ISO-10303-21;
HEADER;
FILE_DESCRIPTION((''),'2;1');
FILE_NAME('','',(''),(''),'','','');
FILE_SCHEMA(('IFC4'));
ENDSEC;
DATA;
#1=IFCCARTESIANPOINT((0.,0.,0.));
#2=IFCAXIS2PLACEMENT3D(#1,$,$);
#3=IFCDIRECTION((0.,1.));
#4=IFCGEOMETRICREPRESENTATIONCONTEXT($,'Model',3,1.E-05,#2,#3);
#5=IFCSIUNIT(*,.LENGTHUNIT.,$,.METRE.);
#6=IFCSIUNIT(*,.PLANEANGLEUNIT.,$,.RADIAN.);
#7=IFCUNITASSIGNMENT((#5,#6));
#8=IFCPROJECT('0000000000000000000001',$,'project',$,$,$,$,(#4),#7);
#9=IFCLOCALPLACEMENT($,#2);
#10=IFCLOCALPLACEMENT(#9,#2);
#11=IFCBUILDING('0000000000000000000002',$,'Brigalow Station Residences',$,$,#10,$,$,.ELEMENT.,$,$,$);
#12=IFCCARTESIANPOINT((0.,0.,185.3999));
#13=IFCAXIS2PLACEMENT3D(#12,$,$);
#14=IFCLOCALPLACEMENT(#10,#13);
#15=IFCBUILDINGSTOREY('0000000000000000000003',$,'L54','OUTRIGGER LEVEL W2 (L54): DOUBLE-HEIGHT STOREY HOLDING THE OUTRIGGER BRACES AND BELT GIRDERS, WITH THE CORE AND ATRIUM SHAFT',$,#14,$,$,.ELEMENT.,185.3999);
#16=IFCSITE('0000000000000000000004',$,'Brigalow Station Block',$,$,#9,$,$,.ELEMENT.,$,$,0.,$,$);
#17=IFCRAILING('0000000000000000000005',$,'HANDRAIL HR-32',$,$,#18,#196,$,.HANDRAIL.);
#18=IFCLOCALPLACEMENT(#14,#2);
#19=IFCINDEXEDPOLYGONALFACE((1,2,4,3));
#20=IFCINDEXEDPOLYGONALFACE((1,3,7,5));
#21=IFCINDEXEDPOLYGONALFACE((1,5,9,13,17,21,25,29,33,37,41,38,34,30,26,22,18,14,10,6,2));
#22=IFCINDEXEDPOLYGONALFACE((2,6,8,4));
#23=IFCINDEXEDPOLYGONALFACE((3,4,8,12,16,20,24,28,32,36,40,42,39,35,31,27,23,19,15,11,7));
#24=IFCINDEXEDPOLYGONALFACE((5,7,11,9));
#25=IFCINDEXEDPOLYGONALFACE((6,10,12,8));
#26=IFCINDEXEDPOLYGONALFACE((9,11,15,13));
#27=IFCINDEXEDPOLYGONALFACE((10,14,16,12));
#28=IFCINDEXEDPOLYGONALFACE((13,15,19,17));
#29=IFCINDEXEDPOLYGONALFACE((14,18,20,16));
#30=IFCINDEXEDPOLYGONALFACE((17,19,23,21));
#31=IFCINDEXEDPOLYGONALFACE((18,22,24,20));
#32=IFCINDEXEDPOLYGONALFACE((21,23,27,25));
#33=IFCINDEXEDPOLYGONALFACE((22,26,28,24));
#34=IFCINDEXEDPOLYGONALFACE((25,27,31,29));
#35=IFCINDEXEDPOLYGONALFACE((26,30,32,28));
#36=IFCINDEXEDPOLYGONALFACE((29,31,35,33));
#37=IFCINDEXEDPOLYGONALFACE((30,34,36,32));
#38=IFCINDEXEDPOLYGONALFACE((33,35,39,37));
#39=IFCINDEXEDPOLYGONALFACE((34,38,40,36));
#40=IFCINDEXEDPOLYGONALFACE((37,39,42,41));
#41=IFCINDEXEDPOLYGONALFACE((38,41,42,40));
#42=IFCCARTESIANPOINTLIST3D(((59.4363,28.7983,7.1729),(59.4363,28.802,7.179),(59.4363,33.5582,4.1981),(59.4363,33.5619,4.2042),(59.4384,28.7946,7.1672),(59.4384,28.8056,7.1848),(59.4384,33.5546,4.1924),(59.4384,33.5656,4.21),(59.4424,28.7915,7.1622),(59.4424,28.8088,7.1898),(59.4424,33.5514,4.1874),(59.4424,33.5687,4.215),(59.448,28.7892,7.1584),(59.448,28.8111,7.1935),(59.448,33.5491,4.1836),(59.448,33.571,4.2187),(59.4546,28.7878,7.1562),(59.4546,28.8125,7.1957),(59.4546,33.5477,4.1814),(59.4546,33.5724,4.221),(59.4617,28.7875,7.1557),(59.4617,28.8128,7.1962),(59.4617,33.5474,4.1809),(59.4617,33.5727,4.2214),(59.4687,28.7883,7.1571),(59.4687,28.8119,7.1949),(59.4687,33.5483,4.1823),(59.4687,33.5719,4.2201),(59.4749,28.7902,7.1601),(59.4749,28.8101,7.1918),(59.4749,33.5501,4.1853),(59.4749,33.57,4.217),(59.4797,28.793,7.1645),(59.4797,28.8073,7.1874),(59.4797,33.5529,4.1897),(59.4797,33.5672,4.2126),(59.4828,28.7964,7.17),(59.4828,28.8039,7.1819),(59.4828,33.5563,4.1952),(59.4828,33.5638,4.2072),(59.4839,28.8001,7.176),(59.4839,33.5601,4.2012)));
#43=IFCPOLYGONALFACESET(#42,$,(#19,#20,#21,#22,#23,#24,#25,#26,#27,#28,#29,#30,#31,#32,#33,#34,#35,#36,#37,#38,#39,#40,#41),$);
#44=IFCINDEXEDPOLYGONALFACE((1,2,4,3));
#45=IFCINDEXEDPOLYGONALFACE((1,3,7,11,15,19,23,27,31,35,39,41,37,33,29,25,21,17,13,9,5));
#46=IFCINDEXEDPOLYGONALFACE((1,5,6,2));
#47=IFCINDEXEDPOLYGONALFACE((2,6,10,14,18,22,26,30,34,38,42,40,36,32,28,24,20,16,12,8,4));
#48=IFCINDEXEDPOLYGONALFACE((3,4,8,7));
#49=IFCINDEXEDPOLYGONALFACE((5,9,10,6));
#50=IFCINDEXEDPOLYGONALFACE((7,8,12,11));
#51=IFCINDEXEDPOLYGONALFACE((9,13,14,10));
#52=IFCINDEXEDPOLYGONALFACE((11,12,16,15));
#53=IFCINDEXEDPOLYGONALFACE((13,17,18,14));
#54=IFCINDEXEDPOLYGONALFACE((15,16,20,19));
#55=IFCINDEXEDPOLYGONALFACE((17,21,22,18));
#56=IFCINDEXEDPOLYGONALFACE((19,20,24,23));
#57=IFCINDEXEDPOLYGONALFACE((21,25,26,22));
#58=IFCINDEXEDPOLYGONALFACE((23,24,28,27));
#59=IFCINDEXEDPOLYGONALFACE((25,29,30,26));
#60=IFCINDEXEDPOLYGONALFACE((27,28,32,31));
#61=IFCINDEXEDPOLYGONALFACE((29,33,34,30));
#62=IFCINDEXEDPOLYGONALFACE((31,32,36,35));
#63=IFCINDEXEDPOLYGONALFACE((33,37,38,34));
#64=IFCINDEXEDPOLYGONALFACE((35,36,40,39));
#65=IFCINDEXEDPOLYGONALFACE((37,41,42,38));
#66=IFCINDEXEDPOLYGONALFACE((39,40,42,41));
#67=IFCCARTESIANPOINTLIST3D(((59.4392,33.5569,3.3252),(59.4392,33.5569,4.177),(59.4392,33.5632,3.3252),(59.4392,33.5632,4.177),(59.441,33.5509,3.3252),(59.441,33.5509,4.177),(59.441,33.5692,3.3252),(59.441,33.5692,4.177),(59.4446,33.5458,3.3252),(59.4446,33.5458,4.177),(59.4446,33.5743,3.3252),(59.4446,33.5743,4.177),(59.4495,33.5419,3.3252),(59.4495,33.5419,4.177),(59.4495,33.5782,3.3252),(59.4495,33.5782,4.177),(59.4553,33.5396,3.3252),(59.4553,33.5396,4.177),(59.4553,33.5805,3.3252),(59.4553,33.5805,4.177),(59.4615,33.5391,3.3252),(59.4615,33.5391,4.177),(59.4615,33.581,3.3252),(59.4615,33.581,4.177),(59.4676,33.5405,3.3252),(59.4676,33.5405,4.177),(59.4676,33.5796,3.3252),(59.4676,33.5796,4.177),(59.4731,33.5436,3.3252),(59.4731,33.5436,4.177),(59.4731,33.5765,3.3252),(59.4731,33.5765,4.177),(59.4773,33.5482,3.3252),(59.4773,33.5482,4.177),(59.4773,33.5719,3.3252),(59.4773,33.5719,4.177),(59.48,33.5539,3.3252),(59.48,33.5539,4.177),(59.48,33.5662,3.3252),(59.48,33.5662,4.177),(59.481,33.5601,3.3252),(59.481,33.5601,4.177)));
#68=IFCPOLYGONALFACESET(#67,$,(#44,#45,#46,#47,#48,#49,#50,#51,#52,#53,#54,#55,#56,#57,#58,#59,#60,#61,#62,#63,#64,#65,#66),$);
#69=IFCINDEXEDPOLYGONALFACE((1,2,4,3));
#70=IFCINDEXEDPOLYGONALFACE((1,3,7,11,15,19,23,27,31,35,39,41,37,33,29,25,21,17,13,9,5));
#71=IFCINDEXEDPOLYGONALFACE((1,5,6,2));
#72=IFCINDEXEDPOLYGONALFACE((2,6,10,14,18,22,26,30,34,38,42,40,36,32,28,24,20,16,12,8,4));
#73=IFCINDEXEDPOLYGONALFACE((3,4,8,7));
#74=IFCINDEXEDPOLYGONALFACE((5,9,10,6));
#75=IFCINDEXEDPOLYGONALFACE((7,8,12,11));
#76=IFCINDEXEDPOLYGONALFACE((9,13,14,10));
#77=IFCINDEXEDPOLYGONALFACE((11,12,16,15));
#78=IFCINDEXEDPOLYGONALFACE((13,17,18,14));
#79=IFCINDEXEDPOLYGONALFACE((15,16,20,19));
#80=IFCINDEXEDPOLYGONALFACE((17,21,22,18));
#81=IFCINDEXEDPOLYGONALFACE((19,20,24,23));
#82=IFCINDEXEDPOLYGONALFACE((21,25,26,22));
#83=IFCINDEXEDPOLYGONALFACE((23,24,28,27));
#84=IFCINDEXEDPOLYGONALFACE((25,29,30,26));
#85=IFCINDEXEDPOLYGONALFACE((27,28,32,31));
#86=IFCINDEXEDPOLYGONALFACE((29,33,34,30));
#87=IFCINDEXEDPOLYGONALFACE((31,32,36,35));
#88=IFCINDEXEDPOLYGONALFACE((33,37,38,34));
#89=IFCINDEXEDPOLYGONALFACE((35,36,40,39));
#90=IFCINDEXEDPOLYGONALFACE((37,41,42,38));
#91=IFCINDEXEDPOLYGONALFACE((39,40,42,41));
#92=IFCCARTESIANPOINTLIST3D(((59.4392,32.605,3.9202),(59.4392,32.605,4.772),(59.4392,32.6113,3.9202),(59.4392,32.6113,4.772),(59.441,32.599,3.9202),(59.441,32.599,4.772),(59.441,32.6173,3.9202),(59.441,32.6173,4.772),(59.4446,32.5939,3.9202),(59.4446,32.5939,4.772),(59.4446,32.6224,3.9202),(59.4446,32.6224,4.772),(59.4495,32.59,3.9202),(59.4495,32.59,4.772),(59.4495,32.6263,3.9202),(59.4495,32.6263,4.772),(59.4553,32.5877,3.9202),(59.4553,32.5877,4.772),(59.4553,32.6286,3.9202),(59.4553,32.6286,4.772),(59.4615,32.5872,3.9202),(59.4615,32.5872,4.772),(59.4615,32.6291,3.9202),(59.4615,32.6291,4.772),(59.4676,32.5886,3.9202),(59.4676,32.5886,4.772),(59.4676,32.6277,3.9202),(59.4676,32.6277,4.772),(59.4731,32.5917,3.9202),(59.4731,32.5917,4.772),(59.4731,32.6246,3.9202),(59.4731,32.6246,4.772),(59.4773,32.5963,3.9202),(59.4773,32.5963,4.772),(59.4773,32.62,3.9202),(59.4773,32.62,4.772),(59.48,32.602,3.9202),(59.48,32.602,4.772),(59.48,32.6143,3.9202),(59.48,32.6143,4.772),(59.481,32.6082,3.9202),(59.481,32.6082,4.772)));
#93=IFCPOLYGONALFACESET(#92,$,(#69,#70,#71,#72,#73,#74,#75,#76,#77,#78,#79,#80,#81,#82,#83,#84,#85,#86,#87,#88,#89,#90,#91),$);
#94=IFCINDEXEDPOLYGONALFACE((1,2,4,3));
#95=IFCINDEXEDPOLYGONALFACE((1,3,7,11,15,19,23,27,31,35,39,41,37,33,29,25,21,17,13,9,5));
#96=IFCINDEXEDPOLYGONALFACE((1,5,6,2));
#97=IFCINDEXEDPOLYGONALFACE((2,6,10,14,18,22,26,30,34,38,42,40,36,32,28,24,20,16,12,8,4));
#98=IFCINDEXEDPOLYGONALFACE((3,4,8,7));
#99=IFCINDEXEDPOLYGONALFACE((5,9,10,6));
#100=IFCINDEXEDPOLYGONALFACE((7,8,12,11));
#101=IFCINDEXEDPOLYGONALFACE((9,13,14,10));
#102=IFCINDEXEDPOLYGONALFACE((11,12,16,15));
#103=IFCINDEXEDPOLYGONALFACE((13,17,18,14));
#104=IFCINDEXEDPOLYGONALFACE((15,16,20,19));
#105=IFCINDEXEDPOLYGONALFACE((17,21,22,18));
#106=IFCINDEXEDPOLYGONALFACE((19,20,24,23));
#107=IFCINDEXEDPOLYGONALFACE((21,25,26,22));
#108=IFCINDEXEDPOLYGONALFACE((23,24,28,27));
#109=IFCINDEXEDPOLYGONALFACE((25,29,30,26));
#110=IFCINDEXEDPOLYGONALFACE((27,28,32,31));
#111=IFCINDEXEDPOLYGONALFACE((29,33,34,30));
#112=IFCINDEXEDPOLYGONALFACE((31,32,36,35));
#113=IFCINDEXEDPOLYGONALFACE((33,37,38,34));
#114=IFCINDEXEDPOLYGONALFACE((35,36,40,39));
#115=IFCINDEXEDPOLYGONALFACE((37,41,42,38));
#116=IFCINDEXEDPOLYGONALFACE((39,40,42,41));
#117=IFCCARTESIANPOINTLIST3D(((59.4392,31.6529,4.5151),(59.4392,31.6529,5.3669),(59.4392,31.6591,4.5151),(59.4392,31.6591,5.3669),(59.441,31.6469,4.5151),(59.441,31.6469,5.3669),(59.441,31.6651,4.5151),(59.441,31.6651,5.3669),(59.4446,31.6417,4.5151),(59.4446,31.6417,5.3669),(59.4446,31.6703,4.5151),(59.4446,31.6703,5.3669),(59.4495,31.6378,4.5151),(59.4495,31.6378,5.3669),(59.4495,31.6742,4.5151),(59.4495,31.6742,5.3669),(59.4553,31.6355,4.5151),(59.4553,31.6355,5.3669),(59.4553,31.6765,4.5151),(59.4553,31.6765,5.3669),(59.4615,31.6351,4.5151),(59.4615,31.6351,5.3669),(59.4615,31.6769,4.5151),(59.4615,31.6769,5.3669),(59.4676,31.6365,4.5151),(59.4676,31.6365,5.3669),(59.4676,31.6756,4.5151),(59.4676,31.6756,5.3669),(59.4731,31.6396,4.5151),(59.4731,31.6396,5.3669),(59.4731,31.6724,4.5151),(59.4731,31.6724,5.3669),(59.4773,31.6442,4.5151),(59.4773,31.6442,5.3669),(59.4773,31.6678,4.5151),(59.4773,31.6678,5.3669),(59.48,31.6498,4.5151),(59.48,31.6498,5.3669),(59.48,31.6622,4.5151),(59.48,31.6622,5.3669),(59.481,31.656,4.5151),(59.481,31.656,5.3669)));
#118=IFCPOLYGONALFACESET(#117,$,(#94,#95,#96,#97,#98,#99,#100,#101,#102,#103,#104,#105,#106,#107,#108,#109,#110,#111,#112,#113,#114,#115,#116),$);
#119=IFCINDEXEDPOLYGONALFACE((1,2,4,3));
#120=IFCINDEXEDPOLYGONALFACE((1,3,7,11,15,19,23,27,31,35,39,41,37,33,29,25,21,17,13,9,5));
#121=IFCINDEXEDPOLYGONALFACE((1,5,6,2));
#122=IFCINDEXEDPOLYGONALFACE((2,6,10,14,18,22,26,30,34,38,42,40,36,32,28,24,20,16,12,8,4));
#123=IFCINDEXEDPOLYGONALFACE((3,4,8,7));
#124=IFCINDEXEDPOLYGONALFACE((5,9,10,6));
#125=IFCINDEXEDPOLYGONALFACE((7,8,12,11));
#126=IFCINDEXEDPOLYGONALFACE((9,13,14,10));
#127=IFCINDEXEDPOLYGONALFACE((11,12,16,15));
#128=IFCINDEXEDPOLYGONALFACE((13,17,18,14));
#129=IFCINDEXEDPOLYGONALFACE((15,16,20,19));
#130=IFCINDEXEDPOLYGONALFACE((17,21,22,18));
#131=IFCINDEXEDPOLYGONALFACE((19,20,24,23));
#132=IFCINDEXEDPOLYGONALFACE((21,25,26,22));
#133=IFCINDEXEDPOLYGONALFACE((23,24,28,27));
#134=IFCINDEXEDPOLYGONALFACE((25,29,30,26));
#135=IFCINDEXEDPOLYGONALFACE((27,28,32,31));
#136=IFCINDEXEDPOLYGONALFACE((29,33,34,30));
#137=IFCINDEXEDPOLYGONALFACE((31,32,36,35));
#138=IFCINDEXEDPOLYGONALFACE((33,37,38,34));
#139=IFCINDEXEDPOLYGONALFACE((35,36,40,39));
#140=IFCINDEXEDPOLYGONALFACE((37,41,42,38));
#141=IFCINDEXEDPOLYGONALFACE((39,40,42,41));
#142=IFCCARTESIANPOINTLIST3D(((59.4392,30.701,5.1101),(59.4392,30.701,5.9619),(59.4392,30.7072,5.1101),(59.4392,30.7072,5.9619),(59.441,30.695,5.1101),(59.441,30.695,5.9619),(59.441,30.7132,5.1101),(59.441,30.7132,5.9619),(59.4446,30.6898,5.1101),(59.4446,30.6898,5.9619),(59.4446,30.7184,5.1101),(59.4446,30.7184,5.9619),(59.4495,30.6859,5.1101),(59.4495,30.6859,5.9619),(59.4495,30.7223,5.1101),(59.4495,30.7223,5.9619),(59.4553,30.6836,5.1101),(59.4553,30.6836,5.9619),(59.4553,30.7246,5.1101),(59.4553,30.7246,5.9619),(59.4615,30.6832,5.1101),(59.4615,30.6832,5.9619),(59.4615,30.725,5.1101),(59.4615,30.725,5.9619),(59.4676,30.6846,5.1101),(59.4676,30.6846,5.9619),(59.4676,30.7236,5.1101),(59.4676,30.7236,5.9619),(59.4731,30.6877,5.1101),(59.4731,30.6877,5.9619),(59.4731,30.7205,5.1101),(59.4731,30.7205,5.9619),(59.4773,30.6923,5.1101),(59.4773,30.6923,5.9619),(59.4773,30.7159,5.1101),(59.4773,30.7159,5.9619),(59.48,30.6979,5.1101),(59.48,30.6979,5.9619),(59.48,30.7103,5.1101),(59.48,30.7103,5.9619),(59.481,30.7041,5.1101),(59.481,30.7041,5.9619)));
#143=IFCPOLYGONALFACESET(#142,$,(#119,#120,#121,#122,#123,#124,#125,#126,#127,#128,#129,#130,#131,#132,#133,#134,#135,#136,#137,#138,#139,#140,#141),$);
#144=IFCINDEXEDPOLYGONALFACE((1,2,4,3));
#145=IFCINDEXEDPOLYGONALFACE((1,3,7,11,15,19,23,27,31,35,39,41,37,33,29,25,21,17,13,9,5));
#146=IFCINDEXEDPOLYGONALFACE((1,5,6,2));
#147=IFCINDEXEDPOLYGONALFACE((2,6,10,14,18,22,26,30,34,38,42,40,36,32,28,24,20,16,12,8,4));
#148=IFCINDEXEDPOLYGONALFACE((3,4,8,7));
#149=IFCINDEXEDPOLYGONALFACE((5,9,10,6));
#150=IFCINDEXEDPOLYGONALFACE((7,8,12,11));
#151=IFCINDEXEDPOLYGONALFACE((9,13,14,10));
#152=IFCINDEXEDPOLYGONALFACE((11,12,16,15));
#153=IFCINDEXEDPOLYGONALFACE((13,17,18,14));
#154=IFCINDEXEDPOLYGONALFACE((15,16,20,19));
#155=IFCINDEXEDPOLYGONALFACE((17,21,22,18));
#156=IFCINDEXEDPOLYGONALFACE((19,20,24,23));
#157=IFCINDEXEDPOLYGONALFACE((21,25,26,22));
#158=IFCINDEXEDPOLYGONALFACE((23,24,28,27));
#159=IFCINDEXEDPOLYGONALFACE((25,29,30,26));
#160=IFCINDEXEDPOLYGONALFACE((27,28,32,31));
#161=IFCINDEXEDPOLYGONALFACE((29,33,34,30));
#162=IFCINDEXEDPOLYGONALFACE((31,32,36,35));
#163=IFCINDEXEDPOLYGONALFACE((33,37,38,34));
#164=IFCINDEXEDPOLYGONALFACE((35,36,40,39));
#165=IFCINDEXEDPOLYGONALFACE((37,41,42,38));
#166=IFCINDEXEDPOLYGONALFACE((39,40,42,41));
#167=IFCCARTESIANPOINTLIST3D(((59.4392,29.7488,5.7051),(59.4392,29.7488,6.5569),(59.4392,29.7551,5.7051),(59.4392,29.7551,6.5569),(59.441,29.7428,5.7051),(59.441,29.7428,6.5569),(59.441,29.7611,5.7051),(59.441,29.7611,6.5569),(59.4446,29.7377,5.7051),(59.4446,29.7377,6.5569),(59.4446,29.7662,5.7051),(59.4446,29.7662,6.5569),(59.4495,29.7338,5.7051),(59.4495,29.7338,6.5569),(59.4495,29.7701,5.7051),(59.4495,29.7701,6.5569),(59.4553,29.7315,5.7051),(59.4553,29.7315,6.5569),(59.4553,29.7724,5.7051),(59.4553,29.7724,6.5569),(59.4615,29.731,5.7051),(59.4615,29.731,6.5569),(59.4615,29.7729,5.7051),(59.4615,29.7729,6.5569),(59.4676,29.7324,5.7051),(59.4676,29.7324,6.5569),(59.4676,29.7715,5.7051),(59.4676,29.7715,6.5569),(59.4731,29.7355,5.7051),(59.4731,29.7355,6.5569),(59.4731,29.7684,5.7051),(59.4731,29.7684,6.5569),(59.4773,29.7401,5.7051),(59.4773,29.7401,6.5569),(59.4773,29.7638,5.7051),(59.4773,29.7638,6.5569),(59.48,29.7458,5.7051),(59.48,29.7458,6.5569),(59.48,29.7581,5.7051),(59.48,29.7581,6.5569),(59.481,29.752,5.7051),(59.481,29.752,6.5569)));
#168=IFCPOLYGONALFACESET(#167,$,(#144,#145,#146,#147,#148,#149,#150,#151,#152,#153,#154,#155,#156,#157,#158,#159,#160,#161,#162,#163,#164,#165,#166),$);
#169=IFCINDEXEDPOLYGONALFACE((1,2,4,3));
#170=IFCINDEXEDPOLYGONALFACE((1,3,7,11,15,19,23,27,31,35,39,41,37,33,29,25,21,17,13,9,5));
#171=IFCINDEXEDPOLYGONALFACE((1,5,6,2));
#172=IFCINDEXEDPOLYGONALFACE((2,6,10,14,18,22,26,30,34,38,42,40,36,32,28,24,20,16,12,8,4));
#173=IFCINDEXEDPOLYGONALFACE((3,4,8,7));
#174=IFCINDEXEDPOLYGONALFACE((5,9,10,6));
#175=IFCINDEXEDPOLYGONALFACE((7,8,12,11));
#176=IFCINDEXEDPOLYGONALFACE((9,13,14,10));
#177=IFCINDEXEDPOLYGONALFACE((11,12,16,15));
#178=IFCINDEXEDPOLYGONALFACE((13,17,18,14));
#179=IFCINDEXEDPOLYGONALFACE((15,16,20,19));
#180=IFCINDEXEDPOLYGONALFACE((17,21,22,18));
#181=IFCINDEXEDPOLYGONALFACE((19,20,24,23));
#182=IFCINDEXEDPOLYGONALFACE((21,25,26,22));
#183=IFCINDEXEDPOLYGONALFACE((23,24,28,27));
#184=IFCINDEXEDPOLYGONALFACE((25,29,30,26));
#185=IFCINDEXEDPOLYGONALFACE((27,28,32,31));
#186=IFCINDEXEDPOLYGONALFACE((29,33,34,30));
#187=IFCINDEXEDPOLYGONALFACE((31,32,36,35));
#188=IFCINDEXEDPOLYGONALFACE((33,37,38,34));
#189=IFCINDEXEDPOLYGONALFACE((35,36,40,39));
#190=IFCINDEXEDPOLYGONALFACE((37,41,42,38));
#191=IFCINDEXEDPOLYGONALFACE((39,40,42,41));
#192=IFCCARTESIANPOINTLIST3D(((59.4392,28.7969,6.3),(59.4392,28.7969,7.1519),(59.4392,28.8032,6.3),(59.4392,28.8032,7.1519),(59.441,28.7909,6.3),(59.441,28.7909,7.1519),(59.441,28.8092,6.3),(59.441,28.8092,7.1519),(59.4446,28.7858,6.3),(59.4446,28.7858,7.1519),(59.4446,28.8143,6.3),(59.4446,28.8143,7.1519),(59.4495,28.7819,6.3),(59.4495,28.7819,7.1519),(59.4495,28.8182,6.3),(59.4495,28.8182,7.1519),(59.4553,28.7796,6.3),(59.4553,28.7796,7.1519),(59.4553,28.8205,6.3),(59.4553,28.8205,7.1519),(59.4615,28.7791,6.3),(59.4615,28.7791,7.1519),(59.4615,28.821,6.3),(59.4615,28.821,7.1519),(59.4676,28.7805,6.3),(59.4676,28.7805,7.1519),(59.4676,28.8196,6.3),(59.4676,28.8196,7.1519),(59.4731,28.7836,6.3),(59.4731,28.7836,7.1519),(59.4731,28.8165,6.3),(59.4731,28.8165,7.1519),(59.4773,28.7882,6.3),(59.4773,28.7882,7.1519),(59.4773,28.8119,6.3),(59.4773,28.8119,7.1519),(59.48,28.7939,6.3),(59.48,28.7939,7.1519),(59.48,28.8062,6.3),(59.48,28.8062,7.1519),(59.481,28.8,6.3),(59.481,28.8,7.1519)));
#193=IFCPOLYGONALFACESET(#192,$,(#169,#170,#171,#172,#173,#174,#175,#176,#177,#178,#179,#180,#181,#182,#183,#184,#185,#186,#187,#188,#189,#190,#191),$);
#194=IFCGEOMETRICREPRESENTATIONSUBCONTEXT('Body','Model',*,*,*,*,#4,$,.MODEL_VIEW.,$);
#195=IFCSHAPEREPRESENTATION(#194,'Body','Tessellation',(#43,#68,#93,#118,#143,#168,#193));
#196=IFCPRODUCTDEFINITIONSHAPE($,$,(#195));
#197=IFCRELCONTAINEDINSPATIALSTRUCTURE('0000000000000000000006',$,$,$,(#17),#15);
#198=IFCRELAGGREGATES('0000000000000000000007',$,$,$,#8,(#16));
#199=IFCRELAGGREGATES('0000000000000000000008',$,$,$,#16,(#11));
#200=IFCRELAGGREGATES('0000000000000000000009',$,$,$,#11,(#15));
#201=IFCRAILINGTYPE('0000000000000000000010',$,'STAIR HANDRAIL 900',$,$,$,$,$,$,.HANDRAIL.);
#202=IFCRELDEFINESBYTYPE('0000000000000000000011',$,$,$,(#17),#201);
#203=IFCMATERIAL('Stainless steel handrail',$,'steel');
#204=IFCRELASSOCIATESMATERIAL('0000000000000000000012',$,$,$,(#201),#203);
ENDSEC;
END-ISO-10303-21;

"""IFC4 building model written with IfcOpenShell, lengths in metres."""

from ifc_helpers import new_model, si_unit, direction, frame, origin, origin_2d, place, context, subcontext, project, spatial, circle, extrude, material, type_object, element, save


model = new_model("IFC4")

# Units and contexts
model_context = context("Model", 3, precision=1e-05, world=origin(), true_north=direction((0.0, 1.0)))
body_context = subcontext(model_context, "Body", "Model", "MODEL_VIEW")
ifc_project = project(units=[si_unit("LENGTHUNIT", "METRE"), si_unit("PLANEANGLEUNIT", "RADIAN")], contexts=[model_context])

# Site, building, storey
site_placement = place(None, origin())
site = spatial("IfcSite", under=ifc_project, at=site_placement, Name="Brigalow Station Block", CompositionType="ELEMENT", RefElevation=0.0)
building_placement = place(site_placement, origin())
building = spatial("IfcBuilding", under=site, at=building_placement, Name="Brigalow Station Residences", CompositionType="ELEMENT")
storey_placement = place(building_placement, frame((0.0, 0.0, 185.3999)))
storey = spatial("IfcBuildingStorey", under=building, at=storey_placement, Name="L54", Description="OUTRIGGER LEVEL W2 (L54): DOUBLE-HEIGHT STOREY HOLDING THE OUTRIGGER BRACES AND BELT GIRDERS, WITH THE CORE AND ATRIUM SHAFT", CompositionType="ELEMENT", Elevation=185.3999)

# Railing
ifc_material_1 = material(Name="Stainless steel handrail", Category="steel")
railing_type_1 = type_object("IfcRailingType", Name="STAIR HANDRAIL 900", PredefinedType="HANDRAIL", material=ifc_material_1)
railing_1_placement = place(storey_placement, frame((59.46, 33.5601, 3.3252)))
element("IfcRailing", 1, at=railing_1_placement, inside=storey, type_object=railing_type_1, Name="HANDRAIL HR-32", PredefinedType="HANDRAIL", context=body_context, shape_type="SweptSolid", body=[
    extrude(circle(Radius=0.0239, at=origin_2d()), frame((0.0, 0.0, 0.876), z_axis=(0.0, -0.848011, 0.529979), x_axis=(1.0, 0.0, 0.0)), (0.0, 0.0, 1.0), 5.613),
    extrude(circle(Radius=0.021, at=origin_2d()), origin(), (0.0, 0.0, 1.0), 0.8518),
    extrude(circle(Radius=0.021, at=origin_2d()), frame((0.0, -0.9519, 0.595)), (0.0, 0.0, 1.0), 0.8518),
    extrude(circle(Radius=0.021, at=origin_2d()), frame((0.0, -1.9041, 1.1899)), (0.0, 0.0, 1.0), 0.8518),
    extrude(circle(Radius=0.021, at=origin_2d()), frame((0.0, -2.856, 1.7849)), (0.0, 0.0, 1.0), 0.8518),
    extrude(circle(Radius=0.021, at=origin_2d()), frame((0.0, -3.8081, 2.3799)), (0.0, 0.0, 1.0), 0.8518),
    extrude(circle(Radius=0.021, at=origin_2d()), frame((0.0, -4.76, 2.9749)), (0.0, 0.0, 1.0), 0.8518),
])

save(model, "model.ifc")
